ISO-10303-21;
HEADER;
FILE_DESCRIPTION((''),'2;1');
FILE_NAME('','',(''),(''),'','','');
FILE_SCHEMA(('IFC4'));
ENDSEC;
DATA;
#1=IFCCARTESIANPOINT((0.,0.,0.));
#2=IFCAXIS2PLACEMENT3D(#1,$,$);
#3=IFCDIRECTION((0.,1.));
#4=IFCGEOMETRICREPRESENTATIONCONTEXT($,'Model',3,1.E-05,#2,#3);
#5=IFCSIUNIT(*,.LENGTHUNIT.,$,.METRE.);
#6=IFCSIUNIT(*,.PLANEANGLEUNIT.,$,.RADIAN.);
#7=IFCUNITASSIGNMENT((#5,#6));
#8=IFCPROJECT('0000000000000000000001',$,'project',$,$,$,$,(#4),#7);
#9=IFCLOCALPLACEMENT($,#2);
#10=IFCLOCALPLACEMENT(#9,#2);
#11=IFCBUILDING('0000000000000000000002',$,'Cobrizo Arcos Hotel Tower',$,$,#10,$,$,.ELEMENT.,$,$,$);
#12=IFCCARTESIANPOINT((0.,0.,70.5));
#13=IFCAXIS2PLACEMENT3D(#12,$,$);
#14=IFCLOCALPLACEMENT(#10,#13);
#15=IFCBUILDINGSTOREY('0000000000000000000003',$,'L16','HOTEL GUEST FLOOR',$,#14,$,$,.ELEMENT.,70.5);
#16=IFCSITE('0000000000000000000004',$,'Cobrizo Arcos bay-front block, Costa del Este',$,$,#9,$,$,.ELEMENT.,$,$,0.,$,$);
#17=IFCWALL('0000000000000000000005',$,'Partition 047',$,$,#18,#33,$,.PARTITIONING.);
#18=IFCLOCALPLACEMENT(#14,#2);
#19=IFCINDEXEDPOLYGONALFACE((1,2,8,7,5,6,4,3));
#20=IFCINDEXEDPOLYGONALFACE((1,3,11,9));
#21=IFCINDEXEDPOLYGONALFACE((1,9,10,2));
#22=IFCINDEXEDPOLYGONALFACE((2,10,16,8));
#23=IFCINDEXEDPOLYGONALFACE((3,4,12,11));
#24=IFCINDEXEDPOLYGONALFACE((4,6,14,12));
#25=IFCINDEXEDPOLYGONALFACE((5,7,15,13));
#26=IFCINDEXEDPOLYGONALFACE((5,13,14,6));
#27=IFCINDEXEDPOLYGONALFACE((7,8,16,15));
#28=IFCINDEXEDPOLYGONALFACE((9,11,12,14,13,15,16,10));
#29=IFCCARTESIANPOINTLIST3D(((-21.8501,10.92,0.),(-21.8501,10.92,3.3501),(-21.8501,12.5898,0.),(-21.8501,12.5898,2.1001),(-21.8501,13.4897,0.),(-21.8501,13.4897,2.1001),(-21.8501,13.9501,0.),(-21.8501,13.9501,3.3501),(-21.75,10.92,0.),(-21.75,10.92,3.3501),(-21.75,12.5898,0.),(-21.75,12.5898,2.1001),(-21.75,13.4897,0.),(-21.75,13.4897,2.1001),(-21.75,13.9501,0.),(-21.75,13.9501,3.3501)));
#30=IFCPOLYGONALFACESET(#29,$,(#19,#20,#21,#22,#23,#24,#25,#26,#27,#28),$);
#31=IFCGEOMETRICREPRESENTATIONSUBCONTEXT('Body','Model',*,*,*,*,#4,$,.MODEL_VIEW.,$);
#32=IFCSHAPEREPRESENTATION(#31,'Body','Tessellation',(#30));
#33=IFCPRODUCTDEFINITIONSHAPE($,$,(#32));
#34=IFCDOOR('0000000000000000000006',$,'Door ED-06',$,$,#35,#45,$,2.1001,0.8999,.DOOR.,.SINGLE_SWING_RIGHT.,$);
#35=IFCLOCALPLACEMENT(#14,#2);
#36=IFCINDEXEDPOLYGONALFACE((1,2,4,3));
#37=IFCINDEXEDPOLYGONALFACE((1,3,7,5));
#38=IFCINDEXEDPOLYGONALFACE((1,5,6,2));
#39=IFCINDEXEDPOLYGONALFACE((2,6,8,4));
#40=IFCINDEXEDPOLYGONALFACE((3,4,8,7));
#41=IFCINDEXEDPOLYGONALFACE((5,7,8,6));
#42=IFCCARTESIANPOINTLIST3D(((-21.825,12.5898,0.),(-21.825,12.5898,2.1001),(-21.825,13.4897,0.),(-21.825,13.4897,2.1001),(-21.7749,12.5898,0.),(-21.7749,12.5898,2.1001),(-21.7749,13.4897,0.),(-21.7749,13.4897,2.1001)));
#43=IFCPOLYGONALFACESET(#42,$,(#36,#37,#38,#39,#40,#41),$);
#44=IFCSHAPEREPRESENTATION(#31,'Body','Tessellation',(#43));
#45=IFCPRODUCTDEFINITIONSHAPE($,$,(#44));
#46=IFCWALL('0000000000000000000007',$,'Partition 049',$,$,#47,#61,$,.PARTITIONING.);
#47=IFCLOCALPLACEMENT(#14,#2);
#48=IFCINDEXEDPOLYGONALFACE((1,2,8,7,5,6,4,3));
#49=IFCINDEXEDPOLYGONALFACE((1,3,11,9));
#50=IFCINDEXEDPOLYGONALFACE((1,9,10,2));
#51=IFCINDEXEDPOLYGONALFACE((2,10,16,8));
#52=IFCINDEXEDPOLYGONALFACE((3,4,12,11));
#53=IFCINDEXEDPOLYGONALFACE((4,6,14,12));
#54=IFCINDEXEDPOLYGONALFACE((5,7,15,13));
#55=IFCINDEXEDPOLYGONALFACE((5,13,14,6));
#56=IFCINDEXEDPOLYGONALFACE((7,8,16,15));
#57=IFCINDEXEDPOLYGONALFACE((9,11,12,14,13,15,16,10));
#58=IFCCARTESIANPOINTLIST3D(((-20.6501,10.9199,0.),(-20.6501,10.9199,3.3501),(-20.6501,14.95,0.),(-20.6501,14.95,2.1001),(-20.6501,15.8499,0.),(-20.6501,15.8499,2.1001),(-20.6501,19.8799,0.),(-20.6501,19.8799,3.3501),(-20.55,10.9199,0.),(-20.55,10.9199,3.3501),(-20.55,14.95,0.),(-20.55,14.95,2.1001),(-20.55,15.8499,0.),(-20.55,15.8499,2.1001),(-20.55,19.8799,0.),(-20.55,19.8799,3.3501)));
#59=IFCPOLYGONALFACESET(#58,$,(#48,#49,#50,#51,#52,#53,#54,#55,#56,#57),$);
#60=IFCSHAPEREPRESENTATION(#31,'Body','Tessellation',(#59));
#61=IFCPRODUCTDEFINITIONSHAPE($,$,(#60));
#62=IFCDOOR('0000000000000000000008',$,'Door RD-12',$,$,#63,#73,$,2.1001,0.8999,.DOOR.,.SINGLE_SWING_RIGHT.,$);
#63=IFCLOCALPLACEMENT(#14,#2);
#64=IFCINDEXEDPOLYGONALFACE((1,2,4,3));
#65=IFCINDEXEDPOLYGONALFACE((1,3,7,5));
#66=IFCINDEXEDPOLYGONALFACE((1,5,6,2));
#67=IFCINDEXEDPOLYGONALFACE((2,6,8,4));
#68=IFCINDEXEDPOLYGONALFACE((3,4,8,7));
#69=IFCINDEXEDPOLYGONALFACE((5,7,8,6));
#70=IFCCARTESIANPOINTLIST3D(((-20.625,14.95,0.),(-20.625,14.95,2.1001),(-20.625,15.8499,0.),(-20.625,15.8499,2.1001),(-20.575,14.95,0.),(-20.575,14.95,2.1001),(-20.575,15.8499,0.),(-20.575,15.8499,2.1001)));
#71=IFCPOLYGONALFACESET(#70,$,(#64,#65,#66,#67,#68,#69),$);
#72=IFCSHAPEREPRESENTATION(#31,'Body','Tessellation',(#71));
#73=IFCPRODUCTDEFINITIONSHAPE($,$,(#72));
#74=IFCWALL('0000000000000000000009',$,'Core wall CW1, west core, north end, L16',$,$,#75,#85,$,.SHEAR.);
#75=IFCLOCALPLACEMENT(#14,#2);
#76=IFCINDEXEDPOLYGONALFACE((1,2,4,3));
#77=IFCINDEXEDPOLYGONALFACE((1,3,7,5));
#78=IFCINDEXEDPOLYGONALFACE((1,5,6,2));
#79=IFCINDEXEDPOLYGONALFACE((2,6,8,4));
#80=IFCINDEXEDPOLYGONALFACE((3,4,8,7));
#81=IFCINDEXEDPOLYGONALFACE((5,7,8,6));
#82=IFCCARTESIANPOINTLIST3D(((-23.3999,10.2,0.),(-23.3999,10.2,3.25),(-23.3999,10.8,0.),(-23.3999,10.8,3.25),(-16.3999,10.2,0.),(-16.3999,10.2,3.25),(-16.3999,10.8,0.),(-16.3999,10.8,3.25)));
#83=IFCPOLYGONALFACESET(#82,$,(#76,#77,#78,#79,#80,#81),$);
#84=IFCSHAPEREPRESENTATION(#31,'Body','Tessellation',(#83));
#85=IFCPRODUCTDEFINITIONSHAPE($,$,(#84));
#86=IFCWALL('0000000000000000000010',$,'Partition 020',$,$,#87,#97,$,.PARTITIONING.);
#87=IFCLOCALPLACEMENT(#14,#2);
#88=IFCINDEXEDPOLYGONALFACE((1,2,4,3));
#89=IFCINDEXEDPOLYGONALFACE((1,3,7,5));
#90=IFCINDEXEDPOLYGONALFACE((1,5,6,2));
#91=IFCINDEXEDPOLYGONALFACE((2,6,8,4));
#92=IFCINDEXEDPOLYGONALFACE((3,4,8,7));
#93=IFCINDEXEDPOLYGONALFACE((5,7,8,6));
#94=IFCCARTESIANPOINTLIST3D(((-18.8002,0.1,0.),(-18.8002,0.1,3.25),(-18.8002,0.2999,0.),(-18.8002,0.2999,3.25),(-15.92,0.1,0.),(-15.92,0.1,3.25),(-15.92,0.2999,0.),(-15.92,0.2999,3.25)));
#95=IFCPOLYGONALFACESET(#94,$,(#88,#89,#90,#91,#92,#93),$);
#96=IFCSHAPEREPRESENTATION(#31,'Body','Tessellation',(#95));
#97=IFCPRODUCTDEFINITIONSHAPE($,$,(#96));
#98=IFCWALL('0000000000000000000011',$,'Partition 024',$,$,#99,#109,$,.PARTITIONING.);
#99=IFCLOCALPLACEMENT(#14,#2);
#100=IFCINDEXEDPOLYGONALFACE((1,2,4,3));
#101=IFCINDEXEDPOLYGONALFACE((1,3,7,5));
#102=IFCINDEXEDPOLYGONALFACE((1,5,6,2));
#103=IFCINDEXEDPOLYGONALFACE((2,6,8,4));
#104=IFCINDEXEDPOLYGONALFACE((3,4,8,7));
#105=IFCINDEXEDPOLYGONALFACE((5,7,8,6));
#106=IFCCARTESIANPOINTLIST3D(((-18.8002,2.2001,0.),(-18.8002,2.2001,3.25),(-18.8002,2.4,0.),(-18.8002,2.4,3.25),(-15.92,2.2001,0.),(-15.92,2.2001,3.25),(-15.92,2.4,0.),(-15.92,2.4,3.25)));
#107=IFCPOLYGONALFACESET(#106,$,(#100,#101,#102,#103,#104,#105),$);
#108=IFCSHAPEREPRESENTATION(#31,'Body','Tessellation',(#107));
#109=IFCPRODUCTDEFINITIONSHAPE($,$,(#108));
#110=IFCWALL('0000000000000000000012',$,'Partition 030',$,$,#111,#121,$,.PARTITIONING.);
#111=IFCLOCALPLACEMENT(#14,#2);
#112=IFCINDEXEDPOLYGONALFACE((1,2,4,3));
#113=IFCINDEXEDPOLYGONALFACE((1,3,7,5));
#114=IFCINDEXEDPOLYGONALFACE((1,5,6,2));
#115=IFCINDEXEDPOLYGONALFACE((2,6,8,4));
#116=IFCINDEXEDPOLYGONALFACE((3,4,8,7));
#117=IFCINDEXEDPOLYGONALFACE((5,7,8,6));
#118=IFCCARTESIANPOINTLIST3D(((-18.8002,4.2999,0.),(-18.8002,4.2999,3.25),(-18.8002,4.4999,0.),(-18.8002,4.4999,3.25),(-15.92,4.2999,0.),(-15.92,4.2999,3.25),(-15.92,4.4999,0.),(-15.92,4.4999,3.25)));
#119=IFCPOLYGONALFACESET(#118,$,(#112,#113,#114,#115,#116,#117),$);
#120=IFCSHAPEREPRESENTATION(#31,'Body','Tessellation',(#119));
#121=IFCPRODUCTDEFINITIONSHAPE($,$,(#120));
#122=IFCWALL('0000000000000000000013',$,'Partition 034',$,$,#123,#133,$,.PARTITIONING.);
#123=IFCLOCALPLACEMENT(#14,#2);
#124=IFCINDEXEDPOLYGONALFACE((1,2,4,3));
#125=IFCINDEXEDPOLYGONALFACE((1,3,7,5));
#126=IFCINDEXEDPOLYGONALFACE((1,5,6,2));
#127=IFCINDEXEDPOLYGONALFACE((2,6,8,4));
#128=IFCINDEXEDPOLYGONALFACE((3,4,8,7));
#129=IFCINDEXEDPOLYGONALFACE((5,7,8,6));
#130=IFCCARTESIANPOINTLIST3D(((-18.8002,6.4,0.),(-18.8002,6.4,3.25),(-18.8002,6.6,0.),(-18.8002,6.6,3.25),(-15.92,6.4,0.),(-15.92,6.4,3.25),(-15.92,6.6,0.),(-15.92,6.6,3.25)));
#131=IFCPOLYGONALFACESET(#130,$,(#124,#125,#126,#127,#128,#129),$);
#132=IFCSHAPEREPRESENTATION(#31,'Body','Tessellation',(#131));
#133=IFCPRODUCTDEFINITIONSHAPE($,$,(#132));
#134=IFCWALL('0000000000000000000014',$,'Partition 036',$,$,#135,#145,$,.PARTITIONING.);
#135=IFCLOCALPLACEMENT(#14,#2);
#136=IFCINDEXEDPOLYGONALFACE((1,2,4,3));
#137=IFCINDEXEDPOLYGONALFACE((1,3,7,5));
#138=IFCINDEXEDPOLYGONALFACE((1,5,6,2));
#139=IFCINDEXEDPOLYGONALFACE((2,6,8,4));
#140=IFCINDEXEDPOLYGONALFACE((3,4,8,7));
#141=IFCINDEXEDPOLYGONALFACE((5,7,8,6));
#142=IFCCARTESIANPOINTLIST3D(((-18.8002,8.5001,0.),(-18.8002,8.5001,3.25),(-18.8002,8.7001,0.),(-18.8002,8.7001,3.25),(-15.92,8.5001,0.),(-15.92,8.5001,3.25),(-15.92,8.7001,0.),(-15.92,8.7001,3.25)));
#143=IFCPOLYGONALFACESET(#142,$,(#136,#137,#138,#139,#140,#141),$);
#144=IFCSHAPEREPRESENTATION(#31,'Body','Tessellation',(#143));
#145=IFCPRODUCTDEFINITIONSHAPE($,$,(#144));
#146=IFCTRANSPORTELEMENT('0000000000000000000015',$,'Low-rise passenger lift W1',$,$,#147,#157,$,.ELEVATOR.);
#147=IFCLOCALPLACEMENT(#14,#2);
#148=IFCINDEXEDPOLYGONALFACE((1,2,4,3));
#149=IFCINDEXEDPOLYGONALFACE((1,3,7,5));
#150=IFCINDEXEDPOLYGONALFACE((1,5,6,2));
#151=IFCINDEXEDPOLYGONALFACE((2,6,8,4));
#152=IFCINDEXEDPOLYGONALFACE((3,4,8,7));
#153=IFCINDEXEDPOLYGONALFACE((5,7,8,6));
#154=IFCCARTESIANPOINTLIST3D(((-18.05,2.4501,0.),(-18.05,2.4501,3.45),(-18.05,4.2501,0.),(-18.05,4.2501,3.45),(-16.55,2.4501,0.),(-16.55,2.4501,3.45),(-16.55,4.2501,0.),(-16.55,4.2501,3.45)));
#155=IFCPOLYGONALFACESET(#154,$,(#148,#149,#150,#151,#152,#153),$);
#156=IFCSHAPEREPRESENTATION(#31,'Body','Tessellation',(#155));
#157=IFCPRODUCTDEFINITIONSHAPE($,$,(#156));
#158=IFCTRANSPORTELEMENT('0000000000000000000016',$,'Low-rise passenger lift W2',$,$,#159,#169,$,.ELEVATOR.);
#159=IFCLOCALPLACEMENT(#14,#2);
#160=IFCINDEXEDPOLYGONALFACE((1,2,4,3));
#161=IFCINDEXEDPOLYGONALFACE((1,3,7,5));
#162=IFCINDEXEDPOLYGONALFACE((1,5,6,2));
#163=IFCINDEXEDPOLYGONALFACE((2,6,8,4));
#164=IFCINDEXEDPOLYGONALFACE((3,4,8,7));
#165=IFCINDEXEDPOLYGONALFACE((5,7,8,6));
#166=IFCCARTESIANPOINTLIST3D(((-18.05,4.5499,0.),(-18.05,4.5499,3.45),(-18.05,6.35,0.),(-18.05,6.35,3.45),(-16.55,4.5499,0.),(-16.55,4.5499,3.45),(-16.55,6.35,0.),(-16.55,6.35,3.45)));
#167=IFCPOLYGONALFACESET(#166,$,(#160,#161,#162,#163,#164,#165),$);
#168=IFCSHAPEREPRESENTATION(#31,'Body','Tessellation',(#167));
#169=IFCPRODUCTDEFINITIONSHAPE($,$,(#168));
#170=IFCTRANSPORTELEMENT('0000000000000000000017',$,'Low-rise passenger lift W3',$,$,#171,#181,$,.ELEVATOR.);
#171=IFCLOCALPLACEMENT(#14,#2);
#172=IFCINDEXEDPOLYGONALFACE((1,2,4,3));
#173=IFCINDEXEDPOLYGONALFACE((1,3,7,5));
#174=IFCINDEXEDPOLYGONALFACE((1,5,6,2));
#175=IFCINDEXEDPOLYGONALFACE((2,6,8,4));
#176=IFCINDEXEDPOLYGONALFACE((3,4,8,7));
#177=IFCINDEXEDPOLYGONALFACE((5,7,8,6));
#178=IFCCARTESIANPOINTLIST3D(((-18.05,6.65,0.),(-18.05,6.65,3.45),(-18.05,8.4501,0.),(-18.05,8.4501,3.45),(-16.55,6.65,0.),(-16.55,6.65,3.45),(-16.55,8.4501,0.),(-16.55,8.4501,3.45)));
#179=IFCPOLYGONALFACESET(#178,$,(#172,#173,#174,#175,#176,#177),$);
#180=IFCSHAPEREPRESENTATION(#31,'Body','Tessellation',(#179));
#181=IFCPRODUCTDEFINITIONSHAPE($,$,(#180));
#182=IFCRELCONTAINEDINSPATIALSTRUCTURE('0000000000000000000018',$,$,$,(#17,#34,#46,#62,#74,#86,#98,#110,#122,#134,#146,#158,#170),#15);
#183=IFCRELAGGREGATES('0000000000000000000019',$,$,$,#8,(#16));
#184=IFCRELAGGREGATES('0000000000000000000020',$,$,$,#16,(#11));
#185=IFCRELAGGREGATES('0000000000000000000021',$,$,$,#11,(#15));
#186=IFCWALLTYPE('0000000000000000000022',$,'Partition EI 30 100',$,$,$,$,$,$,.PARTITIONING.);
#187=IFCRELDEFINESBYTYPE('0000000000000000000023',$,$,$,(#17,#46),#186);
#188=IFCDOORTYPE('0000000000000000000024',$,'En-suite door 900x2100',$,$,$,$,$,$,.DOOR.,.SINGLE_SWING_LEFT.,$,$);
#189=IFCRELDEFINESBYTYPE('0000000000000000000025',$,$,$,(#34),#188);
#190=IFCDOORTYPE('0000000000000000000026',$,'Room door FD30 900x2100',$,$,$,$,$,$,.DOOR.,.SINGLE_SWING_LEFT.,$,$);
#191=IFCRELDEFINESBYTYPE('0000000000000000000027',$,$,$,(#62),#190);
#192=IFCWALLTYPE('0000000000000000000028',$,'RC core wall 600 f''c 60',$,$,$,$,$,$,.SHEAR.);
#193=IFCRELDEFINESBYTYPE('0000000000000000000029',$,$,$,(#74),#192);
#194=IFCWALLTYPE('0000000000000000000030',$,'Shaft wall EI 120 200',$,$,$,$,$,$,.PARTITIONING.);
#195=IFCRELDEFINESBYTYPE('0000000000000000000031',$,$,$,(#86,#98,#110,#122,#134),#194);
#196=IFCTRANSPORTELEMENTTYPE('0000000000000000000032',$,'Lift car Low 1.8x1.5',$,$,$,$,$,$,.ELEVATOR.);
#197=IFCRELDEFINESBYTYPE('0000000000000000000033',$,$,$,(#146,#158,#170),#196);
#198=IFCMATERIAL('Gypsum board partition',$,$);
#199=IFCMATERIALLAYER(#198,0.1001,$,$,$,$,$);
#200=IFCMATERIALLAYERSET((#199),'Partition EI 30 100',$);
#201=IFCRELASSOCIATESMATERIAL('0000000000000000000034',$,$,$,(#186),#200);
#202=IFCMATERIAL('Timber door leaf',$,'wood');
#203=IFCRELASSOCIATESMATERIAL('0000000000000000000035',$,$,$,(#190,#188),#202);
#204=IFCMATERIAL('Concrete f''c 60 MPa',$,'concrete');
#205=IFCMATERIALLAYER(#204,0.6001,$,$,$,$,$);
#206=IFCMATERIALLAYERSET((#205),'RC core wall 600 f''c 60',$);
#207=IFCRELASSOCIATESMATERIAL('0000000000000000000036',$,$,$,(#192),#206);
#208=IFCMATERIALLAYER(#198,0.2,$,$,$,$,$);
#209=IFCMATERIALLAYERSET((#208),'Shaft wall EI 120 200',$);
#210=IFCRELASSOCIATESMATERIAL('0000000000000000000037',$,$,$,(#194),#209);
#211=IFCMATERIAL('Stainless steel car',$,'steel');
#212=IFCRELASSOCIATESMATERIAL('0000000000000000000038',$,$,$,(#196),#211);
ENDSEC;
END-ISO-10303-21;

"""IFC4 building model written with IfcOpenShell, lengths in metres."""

from ifc_helpers import new_model, si_unit, direction, frame, frame_2d, origin, origin_2d, place, context, subcontext, project, spatial, rectangle, extrude, material, layer, layer_set, type_object, element, fill, save


model = new_model("IFC4")

# Units and contexts
model_context = context("Model", 3, precision=1e-05, world=origin(), true_north=direction((0.0, 1.0)))
body_context = subcontext(model_context, "Body", "Model", "MODEL_VIEW")
ifc_project = project(units=[si_unit("LENGTHUNIT", "METRE"), si_unit("PLANEANGLEUNIT", "RADIAN")], contexts=[model_context])

# Site, building, storey
site_placement = place(None, origin())
site = spatial("IfcSite", under=ifc_project, at=site_placement, Name="Cobrizo Arcos bay-front block, Costa del Este", CompositionType="ELEMENT", RefElevation=0.0)
building_placement = place(site_placement, origin())
building = spatial("IfcBuilding", under=site, at=building_placement, Name="Cobrizo Arcos Hotel Tower", CompositionType="ELEMENT")
storey_placement = place(building_placement, frame((0.0, 0.0, 70.5)))
storey = spatial("IfcBuildingStorey", under=building, at=storey_placement, Name="L16", Description="HOTEL GUEST FLOOR", CompositionType="ELEMENT", Elevation=70.5)

# Shared definitions
ifc_material_1 = material(Name="Gypsum board partition")
ifc_material_2 = material(Name="Timber door leaf", Category="wood")

# Shared definitions
ifc_layer_1 = layer(ifc_material_1, 0.1001)
ifc_layer_set_1 = layer_set([ifc_layer_1], Name="Partition EI 30 100")
wall_type_1 = type_object("IfcWallType", Name="Partition EI 30 100", PredefinedType="PARTITIONING", material=ifc_layer_set_1)
door_type_1 = type_object("IfcDoorType", Name="Room door FD30 900x2100", OperationType="SINGLE_SWING_LEFT", PredefinedType="DOOR", material=ifc_material_2)

# Walls, openings, doors
wall_1_placement = place(storey_placement, frame((-21.8, 10.9199, 0.0), z_axis=(0.0, 0.0, 1.0), x_axis=(0.0, 1.0, 0.0)))
wall_1 = element("IfcWall", 1, at=wall_1_placement, inside=storey, type_object=wall_type_1, Name="Partition 047", PredefinedType="PARTITIONING", context=body_context, shape_type="SweptSolid", body=[
    extrude(rectangle(XDim=3.03, YDim=0.1001, at=frame_2d((1.5151, 0.0))), origin(), (0.0, 0.0, 1.0), 3.3501),
])
opening_1_placement = place(wall_1_placement, frame((1.6699, 0.0, 0.0)))
opening_1 = element("IfcOpeningElement", 2, at=opening_1_placement, cuts=wall_1, PredefinedType="OPENING", context=body_context, shape_type="SweptSolid", body=[
    extrude(rectangle(XDim=0.8999, YDim=2.1001, at=frame_2d((0.45, 1.05))), frame((0.0, 0.062, 0.0), z_axis=(0.0, -1.0, 0.0), x_axis=(1.0, 0.0, 0.0)), (0.0, 0.0, 1.0), 0.124),
])
door_type_2 = type_object("IfcDoorType", Name="En-suite door 900x2100", OperationType="SINGLE_SWING_LEFT", PredefinedType="DOOR", material=ifc_material_2)
door_1_placement = place(opening_1_placement, origin())
door_1 = element("IfcDoor", 3, at=door_1_placement, inside=storey, type_object=door_type_2, Name="Door ED-06", OperationType="SINGLE_SWING_RIGHT", OverallHeight=2.1001, OverallWidth=0.8999, PredefinedType="DOOR", context=body_context, shape_type="SweptSolid", body=[
    extrude(rectangle(XDim=0.8999, YDim=2.1001, at=frame_2d((0.45, 1.05))), frame((0.0, 0.0249, 0.0), z_axis=(0.0, -1.0, 0.0), x_axis=(1.0, 0.0, 0.0)), (0.0, 0.0, 1.0), 0.05),
])
fill(opening_1, door_1)
wall_2_placement = place(storey_placement, frame((-20.6001, 10.9199, 0.0), z_axis=(0.0, 0.0, 1.0), x_axis=(0.0, 1.0, 0.0)))
wall_2 = element("IfcWall", 4, at=wall_2_placement, inside=storey, type_object=wall_type_1, Name="Partition 049", PredefinedType="PARTITIONING", context=body_context, shape_type="SweptSolid", body=[
    extrude(rectangle(XDim=8.96, YDim=0.1001, at=frame_2d((4.48, 0.0))), origin(), (0.0, 0.0, 1.0), 3.3501),
])
opening_2_placement = place(wall_2_placement, frame((4.03, 0.0, 0.0)))
opening_2 = element("IfcOpeningElement", 5, at=opening_2_placement, cuts=wall_2, PredefinedType="OPENING", context=body_context, shape_type="SweptSolid", body=[
    extrude(rectangle(XDim=0.8999, YDim=2.1001, at=frame_2d((0.45, 1.05))), frame((0.0, 0.062, 0.0), z_axis=(0.0, -1.0, 0.0), x_axis=(1.0, 0.0, 0.0)), (0.0, 0.0, 1.0), 0.124),
])
door_2_placement = place(opening_2_placement, origin())
door_2 = element("IfcDoor", 6, at=door_2_placement, inside=storey, type_object=door_type_1, Name="Door RD-12", OperationType="SINGLE_SWING_RIGHT", OverallHeight=2.1001, OverallWidth=0.8999, PredefinedType="DOOR", context=body_context, shape_type="SweptSolid", body=[
    extrude(rectangle(XDim=0.8999, YDim=2.1001, at=frame_2d((0.45, 1.05))), frame((0.0, 0.0249, 0.0), z_axis=(0.0, -1.0, 0.0), x_axis=(1.0, 0.0, 0.0)), (0.0, 0.0, 1.0), 0.05),
])
fill(opening_2, door_2)

# Walls
ifc_material_3 = material(Name="Concrete f'c 60 MPa", Category="concrete")
ifc_layer_2 = layer(ifc_material_3, 0.6001)
ifc_layer_set_2 = layer_set([ifc_layer_2], Name="RC core wall 600 f'c 60")
wall_type_2 = type_object("IfcWallType", Name="RC core wall 600 f'c 60", PredefinedType="SHEAR", material=ifc_layer_set_2)
wall_3_placement = place(storey_placement, frame((-23.3999, 10.5, 0.0), z_axis=(0.0, 0.0, 1.0), x_axis=(1.0, 0.0, 0.0)))
element("IfcWall", 7, at=wall_3_placement, inside=storey, type_object=wall_type_2, Name="Core wall CW1, west core, north end, L16", PredefinedType="SHEAR", context=body_context, shape_type="SweptSolid", body=[
    extrude(rectangle(XDim=7.0, YDim=0.6001, at=frame_2d((3.5, 0.0))), origin(), (0.0, 0.0, 1.0), 3.25),
])
ifc_layer_3 = layer(ifc_material_1, 0.2)
ifc_layer_set_3 = layer_set([ifc_layer_3], Name="Shaft wall EI 120 200")
wall_type_3 = type_object("IfcWallType", Name="Shaft wall EI 120 200", PredefinedType="PARTITIONING", material=ifc_layer_set_3)
for number, where, z_axis, x_axis, name in (
    (8, (-18.8, 0.2, 0.0), (0.0, 0.0, 1.0), (1.0, 0.0, 0.0), "Partition 020"),
    (9, (-18.8, 2.3, 0.0), (0.0, 0.0, 1.0), (1.0, 0.0, 0.0), "Partition 024"),
    (10, (-18.8, 4.3999, 0.0), (0.0, 0.0, 1.0), (1.0, 0.0, 0.0), "Partition 030"),
    (11, (-18.8, 6.5, 0.0), (0.0, 0.0, 1.0), (1.0, 0.0, 0.0), "Partition 034"),
    (12, (-18.8, 8.6001, 0.0), (0.0, 0.0, 1.0), (1.0, 0.0, 0.0), "Partition 036"),
):
    element("IfcWall", number, at=place(storey_placement, frame(where, z_axis=z_axis, x_axis=x_axis)), inside=storey, type_object=wall_type_3, Name=name, PredefinedType="PARTITIONING", context=body_context, shape_type="SweptSolid", body=[
        extrude(rectangle(XDim=2.8801, YDim=0.2, at=frame_2d((1.4399, 0.0))), origin(), (0.0, 0.0, 1.0), 3.25),
    ])

# Transport elements
ifc_material_4 = material(Name="Stainless steel car", Category="steel")
transport_element_type = type_object("IfcTransportElementType", Name="Lift car Low 1.8x1.5", PredefinedType="ELEVATOR", material=ifc_material_4)
for number, where, z_axis, x_axis, name in (
    (13, (-17.3, 3.3501, 0.0), (0.0, 0.0, 1.0), (1.0, 0.0, 0.0), "Low-rise passenger lift W1"),
    (14, (-17.3, 5.45, 0.0), (0.0, 0.0, 1.0), (1.0, 0.0, 0.0), "Low-rise passenger lift W2"),
    (15, (-17.3, 7.55, 0.0), (0.0, 0.0, 1.0), (1.0, 0.0, 0.0), "Low-rise passenger lift W3"),
):
    element("IfcTransportElement", number, at=place(storey_placement, frame(where, z_axis=z_axis, x_axis=x_axis)), inside=storey, type_object=transport_element_type, Name=name, PredefinedType="ELEVATOR", context=body_context, shape_type="SweptSolid", body=[
        extrude(rectangle(XDim=1.5, YDim=1.8, at=origin_2d()), origin(), (0.0, 0.0, 1.0), 3.45),
    ])

save(model, "model.ifc")
